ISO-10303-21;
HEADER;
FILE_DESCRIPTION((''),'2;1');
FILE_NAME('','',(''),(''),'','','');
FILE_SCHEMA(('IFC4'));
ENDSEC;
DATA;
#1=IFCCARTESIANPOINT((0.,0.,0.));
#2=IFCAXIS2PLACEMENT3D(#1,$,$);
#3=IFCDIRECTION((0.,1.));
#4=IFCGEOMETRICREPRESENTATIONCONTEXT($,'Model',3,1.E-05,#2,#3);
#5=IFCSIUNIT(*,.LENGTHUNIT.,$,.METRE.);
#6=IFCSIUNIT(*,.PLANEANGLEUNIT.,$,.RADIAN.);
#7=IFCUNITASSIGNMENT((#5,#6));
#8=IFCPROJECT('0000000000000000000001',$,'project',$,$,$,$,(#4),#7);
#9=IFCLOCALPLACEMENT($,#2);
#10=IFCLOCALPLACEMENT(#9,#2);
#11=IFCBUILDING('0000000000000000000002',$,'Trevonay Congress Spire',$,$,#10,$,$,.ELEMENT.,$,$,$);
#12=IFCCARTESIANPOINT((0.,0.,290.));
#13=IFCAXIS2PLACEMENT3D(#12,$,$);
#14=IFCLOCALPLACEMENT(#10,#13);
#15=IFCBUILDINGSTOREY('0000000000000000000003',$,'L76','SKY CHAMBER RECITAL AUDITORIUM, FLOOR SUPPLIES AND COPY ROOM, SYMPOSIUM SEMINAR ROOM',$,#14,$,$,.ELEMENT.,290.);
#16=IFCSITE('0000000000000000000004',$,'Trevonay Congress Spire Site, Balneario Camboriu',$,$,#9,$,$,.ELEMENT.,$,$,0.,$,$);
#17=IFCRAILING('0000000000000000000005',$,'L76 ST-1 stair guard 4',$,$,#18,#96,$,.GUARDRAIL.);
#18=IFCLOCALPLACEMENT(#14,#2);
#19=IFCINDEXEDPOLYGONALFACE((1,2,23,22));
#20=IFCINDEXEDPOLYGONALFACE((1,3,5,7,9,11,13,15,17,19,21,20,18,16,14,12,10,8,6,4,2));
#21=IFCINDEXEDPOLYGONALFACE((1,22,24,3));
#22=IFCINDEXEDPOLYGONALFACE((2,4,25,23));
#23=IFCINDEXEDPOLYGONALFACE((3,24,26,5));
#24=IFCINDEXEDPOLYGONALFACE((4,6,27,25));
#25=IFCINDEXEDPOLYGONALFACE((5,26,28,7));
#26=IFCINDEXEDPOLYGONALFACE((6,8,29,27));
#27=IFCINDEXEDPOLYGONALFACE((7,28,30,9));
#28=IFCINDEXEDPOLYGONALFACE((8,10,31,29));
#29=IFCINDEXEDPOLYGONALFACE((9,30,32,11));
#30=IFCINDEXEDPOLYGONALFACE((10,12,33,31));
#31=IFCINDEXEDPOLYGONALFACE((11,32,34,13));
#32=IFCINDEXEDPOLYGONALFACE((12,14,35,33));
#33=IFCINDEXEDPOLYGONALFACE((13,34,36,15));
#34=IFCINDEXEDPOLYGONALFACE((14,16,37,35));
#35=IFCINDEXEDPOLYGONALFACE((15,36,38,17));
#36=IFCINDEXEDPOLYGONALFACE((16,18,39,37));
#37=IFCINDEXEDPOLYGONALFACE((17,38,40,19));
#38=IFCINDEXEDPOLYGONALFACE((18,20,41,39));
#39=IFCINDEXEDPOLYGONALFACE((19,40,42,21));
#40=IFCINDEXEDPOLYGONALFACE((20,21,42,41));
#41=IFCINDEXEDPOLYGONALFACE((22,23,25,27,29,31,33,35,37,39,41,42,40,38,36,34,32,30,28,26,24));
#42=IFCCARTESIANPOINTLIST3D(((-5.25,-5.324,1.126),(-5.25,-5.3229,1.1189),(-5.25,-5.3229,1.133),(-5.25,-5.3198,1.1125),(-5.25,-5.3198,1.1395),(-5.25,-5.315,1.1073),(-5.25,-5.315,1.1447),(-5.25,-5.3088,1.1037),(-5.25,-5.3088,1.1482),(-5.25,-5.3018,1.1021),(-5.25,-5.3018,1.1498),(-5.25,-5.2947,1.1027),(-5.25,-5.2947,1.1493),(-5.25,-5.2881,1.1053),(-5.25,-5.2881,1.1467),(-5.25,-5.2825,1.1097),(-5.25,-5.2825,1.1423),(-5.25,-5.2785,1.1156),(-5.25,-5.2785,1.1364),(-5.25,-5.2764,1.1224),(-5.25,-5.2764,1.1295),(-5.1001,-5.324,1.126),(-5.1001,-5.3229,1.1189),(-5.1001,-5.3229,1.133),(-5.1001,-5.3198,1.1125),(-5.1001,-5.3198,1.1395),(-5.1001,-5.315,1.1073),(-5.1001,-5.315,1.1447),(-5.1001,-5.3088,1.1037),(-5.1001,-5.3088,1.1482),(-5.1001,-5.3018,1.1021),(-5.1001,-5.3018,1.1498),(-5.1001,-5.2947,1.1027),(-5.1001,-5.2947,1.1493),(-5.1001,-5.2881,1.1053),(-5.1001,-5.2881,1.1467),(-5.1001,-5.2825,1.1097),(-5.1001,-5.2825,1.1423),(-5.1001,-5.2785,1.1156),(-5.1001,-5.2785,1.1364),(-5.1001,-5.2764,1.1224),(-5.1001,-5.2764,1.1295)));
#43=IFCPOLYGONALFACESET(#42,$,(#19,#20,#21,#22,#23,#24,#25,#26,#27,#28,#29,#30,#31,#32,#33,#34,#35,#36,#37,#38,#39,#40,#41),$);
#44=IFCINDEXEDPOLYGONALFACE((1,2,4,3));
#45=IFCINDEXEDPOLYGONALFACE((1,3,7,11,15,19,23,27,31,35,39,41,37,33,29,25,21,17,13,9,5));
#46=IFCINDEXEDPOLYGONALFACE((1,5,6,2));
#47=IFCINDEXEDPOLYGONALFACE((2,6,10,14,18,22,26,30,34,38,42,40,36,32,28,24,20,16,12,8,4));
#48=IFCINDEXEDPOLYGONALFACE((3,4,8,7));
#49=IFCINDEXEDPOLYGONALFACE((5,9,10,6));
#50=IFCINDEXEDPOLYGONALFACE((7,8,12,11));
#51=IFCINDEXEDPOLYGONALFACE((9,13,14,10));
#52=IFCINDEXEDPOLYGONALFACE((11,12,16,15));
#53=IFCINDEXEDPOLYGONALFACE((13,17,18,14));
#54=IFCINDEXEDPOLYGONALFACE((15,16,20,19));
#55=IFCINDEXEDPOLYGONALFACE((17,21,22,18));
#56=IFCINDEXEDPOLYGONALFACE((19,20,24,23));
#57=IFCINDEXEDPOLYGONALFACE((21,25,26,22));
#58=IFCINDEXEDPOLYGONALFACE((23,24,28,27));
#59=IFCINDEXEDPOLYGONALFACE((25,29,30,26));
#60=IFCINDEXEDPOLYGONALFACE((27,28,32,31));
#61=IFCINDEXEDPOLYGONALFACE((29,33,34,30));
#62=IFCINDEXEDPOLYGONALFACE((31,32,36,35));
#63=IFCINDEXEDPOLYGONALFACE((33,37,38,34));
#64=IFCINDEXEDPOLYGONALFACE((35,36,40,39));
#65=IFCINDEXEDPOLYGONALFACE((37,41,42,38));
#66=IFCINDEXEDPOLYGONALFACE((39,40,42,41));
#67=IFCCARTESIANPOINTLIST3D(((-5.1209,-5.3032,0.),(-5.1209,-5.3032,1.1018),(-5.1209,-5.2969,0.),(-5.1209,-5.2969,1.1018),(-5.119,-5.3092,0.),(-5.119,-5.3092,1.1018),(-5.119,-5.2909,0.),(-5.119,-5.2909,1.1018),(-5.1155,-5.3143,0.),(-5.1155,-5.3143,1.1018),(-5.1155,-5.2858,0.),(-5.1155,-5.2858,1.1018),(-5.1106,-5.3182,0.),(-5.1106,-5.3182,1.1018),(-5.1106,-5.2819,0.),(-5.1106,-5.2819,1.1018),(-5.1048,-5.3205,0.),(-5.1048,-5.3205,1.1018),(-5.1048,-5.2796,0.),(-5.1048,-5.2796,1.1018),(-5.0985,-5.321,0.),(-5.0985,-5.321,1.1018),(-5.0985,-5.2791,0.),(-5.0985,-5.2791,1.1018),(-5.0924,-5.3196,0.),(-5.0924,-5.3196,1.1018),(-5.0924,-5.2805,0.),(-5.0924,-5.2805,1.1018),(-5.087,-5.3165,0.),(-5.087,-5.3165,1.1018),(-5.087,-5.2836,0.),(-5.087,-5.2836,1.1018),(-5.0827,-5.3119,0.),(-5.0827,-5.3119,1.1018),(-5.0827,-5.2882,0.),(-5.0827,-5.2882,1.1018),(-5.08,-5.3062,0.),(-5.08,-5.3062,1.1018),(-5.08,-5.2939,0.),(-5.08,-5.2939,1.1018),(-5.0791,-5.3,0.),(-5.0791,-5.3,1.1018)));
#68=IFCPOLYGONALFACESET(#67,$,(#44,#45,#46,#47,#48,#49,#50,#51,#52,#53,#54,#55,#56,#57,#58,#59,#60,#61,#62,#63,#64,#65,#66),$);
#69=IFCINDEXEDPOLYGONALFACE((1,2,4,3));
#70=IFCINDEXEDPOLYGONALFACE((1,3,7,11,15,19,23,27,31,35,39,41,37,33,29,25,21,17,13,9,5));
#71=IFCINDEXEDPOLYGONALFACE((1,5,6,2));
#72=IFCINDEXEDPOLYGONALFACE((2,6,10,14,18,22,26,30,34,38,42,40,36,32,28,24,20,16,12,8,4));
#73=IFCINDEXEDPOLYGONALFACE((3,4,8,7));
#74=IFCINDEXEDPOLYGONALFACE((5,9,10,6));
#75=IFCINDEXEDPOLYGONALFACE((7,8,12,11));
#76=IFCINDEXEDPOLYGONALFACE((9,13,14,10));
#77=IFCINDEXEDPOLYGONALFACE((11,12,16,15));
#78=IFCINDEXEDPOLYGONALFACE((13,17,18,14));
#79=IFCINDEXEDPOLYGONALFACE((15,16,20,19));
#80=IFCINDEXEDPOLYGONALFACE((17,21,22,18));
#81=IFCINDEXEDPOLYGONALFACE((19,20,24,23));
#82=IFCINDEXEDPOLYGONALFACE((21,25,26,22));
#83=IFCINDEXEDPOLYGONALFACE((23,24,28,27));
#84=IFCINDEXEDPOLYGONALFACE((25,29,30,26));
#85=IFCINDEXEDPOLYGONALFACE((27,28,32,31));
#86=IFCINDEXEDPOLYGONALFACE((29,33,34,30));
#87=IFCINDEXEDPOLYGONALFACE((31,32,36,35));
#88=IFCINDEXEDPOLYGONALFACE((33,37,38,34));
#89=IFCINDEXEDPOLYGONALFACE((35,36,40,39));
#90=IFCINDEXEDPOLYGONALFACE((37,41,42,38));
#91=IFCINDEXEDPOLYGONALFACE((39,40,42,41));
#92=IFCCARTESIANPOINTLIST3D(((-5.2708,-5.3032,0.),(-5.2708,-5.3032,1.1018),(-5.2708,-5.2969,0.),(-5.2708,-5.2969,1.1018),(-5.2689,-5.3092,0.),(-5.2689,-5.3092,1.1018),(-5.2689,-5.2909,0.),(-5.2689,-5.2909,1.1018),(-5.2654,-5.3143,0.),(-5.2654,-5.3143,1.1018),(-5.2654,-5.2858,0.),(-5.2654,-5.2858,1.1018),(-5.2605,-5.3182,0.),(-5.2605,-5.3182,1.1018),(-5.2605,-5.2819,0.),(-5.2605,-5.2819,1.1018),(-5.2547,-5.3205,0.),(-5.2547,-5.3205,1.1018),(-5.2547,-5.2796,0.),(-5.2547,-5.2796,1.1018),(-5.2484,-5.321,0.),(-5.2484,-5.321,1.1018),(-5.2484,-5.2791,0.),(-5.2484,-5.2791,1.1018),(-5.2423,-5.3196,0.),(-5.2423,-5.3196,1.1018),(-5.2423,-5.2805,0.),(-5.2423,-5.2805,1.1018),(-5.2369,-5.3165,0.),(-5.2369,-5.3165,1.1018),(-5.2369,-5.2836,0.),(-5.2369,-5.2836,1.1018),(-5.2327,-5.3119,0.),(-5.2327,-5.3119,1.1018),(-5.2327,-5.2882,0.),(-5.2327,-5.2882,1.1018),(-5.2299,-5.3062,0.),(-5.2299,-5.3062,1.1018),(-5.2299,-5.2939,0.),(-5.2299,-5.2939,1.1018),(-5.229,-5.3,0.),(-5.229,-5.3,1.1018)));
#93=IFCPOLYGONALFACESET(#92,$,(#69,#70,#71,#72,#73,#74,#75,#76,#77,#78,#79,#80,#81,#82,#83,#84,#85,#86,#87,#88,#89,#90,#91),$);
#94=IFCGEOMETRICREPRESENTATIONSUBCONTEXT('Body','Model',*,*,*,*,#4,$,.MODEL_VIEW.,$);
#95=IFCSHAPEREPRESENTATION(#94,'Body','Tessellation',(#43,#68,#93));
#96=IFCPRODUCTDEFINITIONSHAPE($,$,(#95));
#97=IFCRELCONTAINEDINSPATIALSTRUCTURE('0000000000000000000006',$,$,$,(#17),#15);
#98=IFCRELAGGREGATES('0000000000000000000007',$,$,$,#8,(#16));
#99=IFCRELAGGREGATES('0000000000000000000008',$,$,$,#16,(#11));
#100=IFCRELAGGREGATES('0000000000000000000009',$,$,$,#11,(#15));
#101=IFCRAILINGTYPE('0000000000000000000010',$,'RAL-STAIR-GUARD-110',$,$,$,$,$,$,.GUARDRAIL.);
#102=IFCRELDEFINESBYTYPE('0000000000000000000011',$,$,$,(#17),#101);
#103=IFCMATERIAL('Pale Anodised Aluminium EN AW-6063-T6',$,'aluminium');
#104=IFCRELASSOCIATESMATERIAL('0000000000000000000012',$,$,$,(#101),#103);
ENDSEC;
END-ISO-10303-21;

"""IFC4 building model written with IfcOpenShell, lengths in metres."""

from ifc_helpers import new_model, si_unit, direction, frame, origin, origin_2d, place, context, subcontext, project, spatial, circle, extrude, material, type_object, element, save


model = new_model("IFC4")

# Units and contexts
model_context = context("Model", 3, precision=1e-05, world=origin(), true_north=direction((0.0, 1.0)))
body_context = subcontext(model_context, "Body", "Model", "MODEL_VIEW")
ifc_project = project(units=[si_unit("LENGTHUNIT", "METRE"), si_unit("PLANEANGLEUNIT", "RADIAN")], contexts=[model_context])

# Site, building, storey
site_placement = place(None, origin())
site = spatial("IfcSite", under=ifc_project, at=site_placement, Name="Trevonay Congress Spire Site, Balneario Camboriu", CompositionType="ELEMENT", RefElevation=0.0)
building_placement = place(site_placement, origin())
building = spatial("IfcBuilding", under=site, at=building_placement, Name="Trevonay Congress Spire", CompositionType="ELEMENT")
storey_placement = place(building_placement, frame((0.0, 0.0, 290.0)))
storey = spatial("IfcBuildingStorey", under=building, at=storey_placement, Name="L76", Description="SKY CHAMBER RECITAL AUDITORIUM, FLOOR SUPPLIES AND COPY ROOM, SYMPOSIUM SEMINAR ROOM", CompositionType="ELEMENT", Elevation=290.0)

# Railing
ifc_material_1 = material(Name="Pale Anodised Aluminium EN AW-6063-T6", Category="aluminium")
railing_type_1 = type_object("IfcRailingType", Name="RAL-STAIR-GUARD-110", PredefinedType="GUARDRAIL", material=ifc_material_1)
railing_1_placement = place(storey_placement, frame((-5.1001, -5.3, 0.0)))
element("IfcRailing", 1, at=railing_1_placement, inside=storey, type_object=railing_type_1, Name="L76 ST-1 stair guard 4", PredefinedType="GUARDRAIL", context=body_context, shape_type="SweptSolid", body=[
    extrude(circle(Radius=0.0239, at=origin_2d()), frame((0.0, 0.0, 1.126), z_axis=(-1.0, 0.0, 0.0), x_axis=(0.0, -1.0, 0.0)), (0.0, 0.0, 1.0), 0.1499),
    extrude(circle(Radius=0.021, at=origin_2d()), origin(), (0.0, 0.0, 1.0), 1.1018),
    extrude(circle(Radius=0.021, at=origin_2d()), frame((-0.1499, 0.0, 0.0)), (0.0, 0.0, 1.0), 1.1018),
])

save(model, "model.ifc")
